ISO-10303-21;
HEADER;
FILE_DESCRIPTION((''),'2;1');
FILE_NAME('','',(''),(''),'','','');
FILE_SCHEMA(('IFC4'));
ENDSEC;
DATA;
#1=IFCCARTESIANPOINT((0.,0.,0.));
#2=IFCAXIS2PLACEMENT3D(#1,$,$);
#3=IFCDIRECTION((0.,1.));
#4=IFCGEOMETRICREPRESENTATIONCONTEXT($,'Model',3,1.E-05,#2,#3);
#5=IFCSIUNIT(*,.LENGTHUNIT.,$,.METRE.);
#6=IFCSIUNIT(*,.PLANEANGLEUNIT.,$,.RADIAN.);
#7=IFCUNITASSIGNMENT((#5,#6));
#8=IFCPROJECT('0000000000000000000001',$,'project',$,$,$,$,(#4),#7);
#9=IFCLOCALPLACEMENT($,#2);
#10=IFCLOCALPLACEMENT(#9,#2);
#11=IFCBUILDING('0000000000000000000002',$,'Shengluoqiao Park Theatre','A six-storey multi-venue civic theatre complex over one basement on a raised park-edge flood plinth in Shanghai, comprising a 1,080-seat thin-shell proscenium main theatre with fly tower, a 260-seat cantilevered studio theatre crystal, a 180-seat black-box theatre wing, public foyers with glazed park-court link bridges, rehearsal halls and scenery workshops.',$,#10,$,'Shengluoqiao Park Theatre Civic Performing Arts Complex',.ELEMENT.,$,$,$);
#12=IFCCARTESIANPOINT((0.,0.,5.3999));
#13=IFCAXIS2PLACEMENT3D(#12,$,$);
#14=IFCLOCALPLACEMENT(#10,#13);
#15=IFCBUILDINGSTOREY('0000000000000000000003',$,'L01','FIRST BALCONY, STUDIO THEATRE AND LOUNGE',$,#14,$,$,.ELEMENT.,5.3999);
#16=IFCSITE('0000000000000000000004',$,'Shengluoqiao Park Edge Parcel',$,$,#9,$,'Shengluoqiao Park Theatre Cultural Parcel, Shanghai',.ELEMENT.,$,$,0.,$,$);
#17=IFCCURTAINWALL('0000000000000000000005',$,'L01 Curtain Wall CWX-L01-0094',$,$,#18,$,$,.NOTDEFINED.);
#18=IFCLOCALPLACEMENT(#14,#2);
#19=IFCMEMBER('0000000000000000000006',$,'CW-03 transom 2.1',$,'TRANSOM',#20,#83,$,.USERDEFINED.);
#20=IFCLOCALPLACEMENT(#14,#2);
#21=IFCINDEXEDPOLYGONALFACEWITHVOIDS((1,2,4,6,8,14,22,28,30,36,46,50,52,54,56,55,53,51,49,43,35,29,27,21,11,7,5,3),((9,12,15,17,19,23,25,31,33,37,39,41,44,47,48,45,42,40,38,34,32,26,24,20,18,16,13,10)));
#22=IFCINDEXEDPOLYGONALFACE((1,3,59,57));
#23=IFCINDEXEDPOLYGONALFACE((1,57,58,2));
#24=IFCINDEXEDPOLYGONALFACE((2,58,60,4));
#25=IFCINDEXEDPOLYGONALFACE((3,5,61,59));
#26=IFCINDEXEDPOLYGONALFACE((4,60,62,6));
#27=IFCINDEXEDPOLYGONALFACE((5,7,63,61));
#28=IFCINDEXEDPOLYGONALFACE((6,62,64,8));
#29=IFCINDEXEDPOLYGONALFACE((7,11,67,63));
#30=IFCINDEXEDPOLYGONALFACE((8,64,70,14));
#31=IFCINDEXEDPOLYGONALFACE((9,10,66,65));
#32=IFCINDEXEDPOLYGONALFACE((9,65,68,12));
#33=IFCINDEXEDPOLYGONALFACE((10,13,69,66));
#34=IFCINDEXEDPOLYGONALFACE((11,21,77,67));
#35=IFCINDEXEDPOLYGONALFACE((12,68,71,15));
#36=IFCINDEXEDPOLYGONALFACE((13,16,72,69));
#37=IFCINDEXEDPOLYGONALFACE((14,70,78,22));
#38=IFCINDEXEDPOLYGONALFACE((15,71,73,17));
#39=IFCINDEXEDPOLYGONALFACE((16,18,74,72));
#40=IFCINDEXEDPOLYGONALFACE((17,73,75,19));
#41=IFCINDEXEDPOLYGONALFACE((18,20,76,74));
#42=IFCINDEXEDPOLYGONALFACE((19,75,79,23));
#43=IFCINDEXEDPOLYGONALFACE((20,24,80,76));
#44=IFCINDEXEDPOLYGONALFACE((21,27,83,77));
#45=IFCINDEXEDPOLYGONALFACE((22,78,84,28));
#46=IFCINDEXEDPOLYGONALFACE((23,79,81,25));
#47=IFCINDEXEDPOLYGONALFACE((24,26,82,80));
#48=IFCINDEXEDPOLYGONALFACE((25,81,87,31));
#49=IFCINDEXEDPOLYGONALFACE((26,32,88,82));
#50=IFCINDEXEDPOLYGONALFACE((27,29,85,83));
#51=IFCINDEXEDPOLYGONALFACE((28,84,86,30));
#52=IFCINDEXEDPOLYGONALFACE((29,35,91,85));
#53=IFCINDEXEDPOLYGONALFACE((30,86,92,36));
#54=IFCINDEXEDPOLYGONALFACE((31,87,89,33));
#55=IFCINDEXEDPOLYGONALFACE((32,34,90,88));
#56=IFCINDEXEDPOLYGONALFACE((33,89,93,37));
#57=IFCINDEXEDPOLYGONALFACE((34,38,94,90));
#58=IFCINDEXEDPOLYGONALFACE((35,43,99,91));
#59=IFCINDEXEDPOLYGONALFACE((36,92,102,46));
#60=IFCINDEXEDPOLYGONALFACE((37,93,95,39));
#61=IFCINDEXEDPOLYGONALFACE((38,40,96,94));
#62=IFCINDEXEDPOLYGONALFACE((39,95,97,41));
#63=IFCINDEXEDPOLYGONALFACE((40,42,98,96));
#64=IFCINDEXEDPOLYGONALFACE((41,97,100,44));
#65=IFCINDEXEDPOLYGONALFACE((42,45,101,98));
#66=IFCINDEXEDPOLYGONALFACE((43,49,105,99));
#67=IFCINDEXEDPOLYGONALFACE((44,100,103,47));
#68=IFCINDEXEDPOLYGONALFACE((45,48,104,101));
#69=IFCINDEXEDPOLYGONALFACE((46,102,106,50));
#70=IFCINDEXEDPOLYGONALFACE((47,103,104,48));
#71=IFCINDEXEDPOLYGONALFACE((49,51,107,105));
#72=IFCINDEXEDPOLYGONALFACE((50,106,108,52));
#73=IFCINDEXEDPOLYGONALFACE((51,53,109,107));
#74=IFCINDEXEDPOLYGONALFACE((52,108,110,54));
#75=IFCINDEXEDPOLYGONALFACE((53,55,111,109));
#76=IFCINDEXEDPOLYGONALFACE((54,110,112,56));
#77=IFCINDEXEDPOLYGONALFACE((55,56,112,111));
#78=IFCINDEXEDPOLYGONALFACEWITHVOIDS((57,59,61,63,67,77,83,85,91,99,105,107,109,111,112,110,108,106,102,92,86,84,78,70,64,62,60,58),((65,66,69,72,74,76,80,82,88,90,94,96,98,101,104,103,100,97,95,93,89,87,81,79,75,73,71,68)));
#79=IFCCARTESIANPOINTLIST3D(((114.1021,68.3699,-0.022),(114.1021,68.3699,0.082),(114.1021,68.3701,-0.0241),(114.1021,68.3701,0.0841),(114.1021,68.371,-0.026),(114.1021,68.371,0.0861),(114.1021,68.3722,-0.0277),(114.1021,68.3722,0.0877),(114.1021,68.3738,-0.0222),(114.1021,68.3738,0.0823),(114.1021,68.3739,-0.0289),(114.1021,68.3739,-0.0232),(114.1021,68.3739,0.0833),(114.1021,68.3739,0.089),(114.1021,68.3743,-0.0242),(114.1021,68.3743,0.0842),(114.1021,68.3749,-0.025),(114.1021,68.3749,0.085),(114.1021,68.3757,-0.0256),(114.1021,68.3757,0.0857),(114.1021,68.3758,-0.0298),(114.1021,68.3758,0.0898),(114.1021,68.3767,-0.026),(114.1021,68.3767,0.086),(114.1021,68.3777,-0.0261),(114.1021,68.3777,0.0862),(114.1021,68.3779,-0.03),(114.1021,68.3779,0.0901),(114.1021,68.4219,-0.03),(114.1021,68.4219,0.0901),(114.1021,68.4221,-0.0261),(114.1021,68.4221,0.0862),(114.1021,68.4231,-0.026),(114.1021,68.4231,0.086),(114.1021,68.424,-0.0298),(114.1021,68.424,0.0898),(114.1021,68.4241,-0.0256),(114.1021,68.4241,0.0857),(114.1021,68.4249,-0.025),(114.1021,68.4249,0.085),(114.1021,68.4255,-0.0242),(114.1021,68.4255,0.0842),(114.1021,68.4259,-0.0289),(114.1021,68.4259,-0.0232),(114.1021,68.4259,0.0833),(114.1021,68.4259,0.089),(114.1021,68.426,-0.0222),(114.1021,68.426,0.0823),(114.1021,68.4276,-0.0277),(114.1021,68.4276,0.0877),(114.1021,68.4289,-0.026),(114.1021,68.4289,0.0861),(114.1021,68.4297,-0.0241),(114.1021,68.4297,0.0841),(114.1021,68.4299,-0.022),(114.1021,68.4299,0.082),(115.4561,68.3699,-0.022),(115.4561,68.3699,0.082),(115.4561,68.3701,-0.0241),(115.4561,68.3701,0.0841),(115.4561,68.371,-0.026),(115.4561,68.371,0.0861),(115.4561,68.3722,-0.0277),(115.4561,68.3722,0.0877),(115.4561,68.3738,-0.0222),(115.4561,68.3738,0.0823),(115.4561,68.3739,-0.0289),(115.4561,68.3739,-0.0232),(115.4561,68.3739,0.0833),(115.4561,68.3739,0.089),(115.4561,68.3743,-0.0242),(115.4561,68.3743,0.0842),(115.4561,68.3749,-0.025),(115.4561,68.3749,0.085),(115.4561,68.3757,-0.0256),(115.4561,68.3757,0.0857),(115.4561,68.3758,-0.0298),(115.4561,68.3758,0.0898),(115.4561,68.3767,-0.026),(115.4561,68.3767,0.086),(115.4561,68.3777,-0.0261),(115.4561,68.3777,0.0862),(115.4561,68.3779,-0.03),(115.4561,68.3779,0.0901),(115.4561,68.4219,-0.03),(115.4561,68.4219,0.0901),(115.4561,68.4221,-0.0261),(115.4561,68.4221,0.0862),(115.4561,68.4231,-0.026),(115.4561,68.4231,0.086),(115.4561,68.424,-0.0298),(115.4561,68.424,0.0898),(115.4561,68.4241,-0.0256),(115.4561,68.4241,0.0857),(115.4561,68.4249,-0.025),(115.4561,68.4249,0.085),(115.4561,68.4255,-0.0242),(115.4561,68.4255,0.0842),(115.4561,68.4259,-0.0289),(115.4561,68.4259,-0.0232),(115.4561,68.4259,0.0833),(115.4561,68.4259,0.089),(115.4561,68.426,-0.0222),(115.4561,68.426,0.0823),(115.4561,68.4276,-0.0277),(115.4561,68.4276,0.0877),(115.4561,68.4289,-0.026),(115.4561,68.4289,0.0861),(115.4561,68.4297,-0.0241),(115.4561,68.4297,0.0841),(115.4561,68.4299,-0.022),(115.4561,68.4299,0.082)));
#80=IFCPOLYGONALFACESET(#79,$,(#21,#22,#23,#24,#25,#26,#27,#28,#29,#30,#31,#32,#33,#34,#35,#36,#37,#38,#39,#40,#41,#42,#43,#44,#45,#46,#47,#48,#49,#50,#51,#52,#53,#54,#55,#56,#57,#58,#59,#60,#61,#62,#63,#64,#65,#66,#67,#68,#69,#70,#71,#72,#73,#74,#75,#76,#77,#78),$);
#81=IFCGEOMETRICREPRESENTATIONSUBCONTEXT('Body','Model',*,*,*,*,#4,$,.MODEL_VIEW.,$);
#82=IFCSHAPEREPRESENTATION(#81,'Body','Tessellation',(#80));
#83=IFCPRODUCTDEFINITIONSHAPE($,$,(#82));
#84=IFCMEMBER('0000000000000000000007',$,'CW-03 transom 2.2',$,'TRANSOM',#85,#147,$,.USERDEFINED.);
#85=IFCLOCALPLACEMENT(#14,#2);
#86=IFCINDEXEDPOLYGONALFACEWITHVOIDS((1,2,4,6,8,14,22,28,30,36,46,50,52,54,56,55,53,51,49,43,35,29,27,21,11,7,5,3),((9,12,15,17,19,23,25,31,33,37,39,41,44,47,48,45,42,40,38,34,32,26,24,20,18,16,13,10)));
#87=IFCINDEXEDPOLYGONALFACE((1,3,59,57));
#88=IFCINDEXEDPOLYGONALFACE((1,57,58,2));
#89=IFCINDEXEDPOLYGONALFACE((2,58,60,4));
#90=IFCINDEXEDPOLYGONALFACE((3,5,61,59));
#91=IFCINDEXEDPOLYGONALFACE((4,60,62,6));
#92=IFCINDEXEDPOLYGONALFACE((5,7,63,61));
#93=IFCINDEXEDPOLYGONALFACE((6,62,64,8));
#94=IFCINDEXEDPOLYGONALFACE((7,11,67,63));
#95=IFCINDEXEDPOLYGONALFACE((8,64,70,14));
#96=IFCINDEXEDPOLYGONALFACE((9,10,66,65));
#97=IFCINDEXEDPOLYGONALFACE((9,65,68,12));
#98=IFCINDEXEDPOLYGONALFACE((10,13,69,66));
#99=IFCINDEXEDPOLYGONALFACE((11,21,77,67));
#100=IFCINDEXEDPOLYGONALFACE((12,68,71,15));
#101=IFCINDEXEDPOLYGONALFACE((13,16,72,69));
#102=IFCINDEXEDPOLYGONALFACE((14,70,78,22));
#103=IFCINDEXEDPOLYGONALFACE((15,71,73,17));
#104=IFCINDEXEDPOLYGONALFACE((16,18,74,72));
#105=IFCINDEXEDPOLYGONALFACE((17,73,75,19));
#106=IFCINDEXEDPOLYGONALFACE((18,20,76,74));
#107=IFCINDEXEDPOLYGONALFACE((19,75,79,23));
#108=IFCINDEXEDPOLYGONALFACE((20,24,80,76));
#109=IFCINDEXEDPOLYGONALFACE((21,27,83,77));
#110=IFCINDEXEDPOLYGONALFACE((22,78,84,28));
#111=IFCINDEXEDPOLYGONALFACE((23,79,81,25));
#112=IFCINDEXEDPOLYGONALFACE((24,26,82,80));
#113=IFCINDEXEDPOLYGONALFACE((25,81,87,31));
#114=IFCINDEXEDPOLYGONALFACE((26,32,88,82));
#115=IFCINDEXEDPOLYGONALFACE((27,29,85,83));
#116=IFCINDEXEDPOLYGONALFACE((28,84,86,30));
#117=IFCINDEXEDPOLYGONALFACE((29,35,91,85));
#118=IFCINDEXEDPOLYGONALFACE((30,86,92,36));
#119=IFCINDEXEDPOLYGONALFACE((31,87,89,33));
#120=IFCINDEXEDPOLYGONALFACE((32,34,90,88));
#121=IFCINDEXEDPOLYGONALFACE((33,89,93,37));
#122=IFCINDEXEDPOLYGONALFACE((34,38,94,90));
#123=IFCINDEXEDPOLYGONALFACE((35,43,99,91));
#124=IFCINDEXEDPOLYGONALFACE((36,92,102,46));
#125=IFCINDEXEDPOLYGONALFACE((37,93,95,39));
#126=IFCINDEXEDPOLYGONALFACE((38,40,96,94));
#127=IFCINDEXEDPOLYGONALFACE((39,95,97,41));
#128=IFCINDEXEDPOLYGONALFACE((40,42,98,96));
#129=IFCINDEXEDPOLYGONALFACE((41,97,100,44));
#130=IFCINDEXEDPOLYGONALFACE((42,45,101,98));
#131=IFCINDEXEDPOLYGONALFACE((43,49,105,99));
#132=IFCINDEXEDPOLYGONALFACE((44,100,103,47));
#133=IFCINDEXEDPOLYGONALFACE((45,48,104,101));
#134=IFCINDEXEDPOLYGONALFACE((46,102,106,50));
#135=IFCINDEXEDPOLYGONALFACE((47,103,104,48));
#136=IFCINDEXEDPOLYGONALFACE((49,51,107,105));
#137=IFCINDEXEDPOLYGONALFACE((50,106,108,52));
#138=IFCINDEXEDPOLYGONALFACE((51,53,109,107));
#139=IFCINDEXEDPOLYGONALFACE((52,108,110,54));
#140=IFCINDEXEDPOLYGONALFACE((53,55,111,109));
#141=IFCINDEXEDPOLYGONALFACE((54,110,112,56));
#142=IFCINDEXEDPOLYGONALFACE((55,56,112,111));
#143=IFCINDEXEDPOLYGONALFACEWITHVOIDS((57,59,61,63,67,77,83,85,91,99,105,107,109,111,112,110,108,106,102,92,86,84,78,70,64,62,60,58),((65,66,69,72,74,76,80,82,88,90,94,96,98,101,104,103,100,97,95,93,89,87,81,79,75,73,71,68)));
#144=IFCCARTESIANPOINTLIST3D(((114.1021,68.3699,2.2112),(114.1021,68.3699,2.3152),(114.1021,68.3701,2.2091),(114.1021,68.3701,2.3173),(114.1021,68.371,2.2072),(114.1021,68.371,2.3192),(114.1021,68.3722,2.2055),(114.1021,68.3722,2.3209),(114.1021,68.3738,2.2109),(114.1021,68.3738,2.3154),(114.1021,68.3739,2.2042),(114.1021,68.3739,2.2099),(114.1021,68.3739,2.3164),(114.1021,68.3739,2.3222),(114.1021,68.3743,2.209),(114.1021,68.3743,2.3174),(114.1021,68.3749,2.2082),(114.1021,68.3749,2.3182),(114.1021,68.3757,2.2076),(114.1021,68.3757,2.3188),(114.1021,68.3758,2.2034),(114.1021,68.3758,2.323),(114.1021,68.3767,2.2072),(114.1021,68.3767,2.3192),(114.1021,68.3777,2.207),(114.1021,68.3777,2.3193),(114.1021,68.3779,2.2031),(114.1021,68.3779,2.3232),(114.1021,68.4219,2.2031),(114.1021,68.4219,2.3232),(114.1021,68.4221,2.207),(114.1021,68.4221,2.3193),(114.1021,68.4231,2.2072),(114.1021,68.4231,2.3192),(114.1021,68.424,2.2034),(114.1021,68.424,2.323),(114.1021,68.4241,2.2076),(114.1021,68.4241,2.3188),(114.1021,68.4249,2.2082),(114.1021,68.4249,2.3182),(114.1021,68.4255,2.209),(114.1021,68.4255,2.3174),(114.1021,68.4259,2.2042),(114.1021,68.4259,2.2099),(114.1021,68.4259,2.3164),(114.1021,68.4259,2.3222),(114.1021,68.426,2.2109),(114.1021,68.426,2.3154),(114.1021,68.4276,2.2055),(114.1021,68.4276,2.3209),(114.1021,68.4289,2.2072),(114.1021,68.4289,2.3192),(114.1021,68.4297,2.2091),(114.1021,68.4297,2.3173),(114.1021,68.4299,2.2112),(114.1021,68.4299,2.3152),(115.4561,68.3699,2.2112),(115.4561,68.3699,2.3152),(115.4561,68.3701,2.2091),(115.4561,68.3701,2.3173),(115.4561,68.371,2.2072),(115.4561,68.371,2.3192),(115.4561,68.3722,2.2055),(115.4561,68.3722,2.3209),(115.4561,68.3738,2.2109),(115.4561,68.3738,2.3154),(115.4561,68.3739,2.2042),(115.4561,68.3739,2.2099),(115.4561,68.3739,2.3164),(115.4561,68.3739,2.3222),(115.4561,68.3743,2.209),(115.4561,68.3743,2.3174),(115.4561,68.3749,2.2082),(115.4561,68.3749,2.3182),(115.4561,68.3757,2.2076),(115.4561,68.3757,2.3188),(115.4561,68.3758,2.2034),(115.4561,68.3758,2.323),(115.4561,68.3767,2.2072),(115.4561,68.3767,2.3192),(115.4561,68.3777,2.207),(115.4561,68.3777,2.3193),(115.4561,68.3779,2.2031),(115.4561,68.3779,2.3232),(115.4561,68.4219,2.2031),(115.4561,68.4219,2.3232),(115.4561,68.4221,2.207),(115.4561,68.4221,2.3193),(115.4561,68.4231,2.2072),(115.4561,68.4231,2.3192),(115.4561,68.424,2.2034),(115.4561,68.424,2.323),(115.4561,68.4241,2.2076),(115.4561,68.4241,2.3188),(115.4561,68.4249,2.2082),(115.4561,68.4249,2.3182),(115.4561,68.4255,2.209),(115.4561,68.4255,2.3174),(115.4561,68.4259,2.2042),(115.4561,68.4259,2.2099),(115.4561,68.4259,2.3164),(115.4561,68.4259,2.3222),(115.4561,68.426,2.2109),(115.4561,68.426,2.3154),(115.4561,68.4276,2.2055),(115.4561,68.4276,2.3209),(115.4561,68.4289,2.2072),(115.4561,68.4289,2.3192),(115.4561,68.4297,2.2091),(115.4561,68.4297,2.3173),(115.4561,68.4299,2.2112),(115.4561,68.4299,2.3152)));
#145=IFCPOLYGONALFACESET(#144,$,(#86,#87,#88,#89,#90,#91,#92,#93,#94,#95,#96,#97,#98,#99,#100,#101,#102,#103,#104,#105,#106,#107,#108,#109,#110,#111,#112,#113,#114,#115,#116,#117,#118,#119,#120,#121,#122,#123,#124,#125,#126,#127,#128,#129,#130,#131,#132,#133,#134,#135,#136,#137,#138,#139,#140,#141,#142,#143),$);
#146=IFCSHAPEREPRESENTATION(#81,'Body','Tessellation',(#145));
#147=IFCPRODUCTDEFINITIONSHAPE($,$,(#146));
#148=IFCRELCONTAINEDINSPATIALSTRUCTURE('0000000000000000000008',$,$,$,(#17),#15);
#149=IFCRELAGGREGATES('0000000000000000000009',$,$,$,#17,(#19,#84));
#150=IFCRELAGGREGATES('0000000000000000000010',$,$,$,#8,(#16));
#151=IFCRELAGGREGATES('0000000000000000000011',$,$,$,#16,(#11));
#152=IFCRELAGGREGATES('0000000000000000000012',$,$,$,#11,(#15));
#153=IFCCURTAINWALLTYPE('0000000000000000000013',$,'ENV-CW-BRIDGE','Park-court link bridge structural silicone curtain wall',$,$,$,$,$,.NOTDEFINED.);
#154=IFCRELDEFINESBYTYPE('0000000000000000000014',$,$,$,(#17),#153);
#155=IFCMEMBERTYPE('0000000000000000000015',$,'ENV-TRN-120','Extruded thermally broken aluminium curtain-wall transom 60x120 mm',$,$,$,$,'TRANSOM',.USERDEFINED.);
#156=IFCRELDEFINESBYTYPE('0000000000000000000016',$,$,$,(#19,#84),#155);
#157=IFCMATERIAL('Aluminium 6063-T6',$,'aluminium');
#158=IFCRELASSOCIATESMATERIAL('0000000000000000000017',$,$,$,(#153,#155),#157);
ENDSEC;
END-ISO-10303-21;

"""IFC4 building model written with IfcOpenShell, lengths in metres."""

from ifc_helpers import new_model, si_unit, direction, frame, origin, origin_2d, place, context, subcontext, project, spatial, hollow_rectangle, extrude, material, material_profile, profile_set, type_object, element, aggregate, save


model = new_model("IFC4")

# Units and contexts
model_context = context("Model", 3, precision=1e-05, world=origin(), true_north=direction((0.0, 1.0)))
body_context = subcontext(model_context, "Body", "Model", "MODEL_VIEW")
ifc_project = project(units=[si_unit("LENGTHUNIT", "METRE"), si_unit("PLANEANGLEUNIT", "RADIAN")], contexts=[model_context])

# Site, building, storey
site_placement = place(None, origin())
site = spatial("IfcSite", under=ifc_project, at=site_placement, Name="Shengluoqiao Park Edge Parcel", LongName="Shengluoqiao Park Theatre Cultural Parcel, Shanghai", CompositionType="ELEMENT", RefElevation=0.0)
building_placement = place(site_placement, origin())
building = spatial("IfcBuilding", under=site, at=building_placement, Name="Shengluoqiao Park Theatre", Description="A six-storey multi-venue civic theatre complex over one basement on a raised park-edge flood plinth in Shanghai, comprising a 1,080-seat thin-shell proscenium main theatre with fly tower, a 260-seat cantilevered studio theatre crystal, a 180-seat black-box theatre wing, public foyers with glazed park-court link bridges, rehearsal halls and scenery workshops.", LongName="Shengluoqiao Park Theatre Civic Performing Arts Complex", CompositionType="ELEMENT")
storey_placement = place(building_placement, frame((0.0, 0.0, 5.3999)))
storey = spatial("IfcBuildingStorey", under=building, at=storey_placement, Name="L01", Description="FIRST BALCONY, STUDIO THEATRE AND LOUNGE", CompositionType="ELEMENT", Elevation=5.3999)

# Curtain wall, members
ifc_material_1 = material(Name="Aluminium 6063-T6", Category="aluminium")
curtain_wall_type = type_object("IfcCurtainWallType", Name="ENV-CW-BRIDGE", Description="Park-court link bridge structural silicone curtain wall", PredefinedType="NOTDEFINED", material=ifc_material_1)
curtain_wall_placement = place(storey_placement, origin())
curtain_wall = element("IfcCurtainWall", 1, at=curtain_wall_placement, inside=storey, type_object=curtain_wall_type, Name="L01 Curtain Wall CWX-L01-0094", PredefinedType="NOTDEFINED")
ifc_material_profile_1 = material_profile(ifc_material_1, hollow_rectangle(XDim=0.0601, YDim=0.1201, WallThickness=0.0039, InnerFilletRadius=0.0039, OuterFilletRadius=0.0081, at=origin_2d()), Name="ALU TRANSOM 120x60x4")
ifc_profile_set_1 = profile_set([ifc_material_profile_1], Name="Aluminium 6063-T6")
member_type_1 = type_object("IfcMemberType", Name="ENV-TRN-120", Description="Extruded thermally broken aluminium curtain-wall transom 60x120 mm", ElementType="TRANSOM", PredefinedType="USERDEFINED", material=ifc_profile_set_1)
member_1_placement = place(storey_placement, frame((114.1021, 68.3999, 0.03), z_axis=(1.0, 0.0, 0.0), x_axis=(0.0, 1.0, 0.0)))
member_1 = element("IfcMember", 2, at=member_1_placement, type_object=member_type_1, Name="CW-03 transom 2.1", ObjectType="TRANSOM", PredefinedType="USERDEFINED", context=body_context, shape_type="SweptSolid", body=[
    extrude(hollow_rectangle(XDim=0.0601, YDim=0.1201, WallThickness=0.0039, InnerFilletRadius=0.0039, OuterFilletRadius=0.0081, at=origin_2d()), origin(), (0.0, 0.0, 1.0), 1.354),
])
member_2_placement = place(storey_placement, frame((114.1021, 68.3999, 2.2632), z_axis=(1.0, 0.0, 0.0), x_axis=(0.0, 1.0, 0.0)))
member_2 = element("IfcMember", 3, at=member_2_placement, type_object=member_type_1, Name="CW-03 transom 2.2", ObjectType="TRANSOM", PredefinedType="USERDEFINED", context=body_context, shape_type="SweptSolid", body=[
    extrude(hollow_rectangle(XDim=0.0601, YDim=0.1201, WallThickness=0.0039, InnerFilletRadius=0.0039, OuterFilletRadius=0.0081, at=origin_2d()), origin(), (0.0, 0.0, 1.0), 1.354),
])

aggregate(curtain_wall, [member_1, member_2])

save(model, "model.ifc")
